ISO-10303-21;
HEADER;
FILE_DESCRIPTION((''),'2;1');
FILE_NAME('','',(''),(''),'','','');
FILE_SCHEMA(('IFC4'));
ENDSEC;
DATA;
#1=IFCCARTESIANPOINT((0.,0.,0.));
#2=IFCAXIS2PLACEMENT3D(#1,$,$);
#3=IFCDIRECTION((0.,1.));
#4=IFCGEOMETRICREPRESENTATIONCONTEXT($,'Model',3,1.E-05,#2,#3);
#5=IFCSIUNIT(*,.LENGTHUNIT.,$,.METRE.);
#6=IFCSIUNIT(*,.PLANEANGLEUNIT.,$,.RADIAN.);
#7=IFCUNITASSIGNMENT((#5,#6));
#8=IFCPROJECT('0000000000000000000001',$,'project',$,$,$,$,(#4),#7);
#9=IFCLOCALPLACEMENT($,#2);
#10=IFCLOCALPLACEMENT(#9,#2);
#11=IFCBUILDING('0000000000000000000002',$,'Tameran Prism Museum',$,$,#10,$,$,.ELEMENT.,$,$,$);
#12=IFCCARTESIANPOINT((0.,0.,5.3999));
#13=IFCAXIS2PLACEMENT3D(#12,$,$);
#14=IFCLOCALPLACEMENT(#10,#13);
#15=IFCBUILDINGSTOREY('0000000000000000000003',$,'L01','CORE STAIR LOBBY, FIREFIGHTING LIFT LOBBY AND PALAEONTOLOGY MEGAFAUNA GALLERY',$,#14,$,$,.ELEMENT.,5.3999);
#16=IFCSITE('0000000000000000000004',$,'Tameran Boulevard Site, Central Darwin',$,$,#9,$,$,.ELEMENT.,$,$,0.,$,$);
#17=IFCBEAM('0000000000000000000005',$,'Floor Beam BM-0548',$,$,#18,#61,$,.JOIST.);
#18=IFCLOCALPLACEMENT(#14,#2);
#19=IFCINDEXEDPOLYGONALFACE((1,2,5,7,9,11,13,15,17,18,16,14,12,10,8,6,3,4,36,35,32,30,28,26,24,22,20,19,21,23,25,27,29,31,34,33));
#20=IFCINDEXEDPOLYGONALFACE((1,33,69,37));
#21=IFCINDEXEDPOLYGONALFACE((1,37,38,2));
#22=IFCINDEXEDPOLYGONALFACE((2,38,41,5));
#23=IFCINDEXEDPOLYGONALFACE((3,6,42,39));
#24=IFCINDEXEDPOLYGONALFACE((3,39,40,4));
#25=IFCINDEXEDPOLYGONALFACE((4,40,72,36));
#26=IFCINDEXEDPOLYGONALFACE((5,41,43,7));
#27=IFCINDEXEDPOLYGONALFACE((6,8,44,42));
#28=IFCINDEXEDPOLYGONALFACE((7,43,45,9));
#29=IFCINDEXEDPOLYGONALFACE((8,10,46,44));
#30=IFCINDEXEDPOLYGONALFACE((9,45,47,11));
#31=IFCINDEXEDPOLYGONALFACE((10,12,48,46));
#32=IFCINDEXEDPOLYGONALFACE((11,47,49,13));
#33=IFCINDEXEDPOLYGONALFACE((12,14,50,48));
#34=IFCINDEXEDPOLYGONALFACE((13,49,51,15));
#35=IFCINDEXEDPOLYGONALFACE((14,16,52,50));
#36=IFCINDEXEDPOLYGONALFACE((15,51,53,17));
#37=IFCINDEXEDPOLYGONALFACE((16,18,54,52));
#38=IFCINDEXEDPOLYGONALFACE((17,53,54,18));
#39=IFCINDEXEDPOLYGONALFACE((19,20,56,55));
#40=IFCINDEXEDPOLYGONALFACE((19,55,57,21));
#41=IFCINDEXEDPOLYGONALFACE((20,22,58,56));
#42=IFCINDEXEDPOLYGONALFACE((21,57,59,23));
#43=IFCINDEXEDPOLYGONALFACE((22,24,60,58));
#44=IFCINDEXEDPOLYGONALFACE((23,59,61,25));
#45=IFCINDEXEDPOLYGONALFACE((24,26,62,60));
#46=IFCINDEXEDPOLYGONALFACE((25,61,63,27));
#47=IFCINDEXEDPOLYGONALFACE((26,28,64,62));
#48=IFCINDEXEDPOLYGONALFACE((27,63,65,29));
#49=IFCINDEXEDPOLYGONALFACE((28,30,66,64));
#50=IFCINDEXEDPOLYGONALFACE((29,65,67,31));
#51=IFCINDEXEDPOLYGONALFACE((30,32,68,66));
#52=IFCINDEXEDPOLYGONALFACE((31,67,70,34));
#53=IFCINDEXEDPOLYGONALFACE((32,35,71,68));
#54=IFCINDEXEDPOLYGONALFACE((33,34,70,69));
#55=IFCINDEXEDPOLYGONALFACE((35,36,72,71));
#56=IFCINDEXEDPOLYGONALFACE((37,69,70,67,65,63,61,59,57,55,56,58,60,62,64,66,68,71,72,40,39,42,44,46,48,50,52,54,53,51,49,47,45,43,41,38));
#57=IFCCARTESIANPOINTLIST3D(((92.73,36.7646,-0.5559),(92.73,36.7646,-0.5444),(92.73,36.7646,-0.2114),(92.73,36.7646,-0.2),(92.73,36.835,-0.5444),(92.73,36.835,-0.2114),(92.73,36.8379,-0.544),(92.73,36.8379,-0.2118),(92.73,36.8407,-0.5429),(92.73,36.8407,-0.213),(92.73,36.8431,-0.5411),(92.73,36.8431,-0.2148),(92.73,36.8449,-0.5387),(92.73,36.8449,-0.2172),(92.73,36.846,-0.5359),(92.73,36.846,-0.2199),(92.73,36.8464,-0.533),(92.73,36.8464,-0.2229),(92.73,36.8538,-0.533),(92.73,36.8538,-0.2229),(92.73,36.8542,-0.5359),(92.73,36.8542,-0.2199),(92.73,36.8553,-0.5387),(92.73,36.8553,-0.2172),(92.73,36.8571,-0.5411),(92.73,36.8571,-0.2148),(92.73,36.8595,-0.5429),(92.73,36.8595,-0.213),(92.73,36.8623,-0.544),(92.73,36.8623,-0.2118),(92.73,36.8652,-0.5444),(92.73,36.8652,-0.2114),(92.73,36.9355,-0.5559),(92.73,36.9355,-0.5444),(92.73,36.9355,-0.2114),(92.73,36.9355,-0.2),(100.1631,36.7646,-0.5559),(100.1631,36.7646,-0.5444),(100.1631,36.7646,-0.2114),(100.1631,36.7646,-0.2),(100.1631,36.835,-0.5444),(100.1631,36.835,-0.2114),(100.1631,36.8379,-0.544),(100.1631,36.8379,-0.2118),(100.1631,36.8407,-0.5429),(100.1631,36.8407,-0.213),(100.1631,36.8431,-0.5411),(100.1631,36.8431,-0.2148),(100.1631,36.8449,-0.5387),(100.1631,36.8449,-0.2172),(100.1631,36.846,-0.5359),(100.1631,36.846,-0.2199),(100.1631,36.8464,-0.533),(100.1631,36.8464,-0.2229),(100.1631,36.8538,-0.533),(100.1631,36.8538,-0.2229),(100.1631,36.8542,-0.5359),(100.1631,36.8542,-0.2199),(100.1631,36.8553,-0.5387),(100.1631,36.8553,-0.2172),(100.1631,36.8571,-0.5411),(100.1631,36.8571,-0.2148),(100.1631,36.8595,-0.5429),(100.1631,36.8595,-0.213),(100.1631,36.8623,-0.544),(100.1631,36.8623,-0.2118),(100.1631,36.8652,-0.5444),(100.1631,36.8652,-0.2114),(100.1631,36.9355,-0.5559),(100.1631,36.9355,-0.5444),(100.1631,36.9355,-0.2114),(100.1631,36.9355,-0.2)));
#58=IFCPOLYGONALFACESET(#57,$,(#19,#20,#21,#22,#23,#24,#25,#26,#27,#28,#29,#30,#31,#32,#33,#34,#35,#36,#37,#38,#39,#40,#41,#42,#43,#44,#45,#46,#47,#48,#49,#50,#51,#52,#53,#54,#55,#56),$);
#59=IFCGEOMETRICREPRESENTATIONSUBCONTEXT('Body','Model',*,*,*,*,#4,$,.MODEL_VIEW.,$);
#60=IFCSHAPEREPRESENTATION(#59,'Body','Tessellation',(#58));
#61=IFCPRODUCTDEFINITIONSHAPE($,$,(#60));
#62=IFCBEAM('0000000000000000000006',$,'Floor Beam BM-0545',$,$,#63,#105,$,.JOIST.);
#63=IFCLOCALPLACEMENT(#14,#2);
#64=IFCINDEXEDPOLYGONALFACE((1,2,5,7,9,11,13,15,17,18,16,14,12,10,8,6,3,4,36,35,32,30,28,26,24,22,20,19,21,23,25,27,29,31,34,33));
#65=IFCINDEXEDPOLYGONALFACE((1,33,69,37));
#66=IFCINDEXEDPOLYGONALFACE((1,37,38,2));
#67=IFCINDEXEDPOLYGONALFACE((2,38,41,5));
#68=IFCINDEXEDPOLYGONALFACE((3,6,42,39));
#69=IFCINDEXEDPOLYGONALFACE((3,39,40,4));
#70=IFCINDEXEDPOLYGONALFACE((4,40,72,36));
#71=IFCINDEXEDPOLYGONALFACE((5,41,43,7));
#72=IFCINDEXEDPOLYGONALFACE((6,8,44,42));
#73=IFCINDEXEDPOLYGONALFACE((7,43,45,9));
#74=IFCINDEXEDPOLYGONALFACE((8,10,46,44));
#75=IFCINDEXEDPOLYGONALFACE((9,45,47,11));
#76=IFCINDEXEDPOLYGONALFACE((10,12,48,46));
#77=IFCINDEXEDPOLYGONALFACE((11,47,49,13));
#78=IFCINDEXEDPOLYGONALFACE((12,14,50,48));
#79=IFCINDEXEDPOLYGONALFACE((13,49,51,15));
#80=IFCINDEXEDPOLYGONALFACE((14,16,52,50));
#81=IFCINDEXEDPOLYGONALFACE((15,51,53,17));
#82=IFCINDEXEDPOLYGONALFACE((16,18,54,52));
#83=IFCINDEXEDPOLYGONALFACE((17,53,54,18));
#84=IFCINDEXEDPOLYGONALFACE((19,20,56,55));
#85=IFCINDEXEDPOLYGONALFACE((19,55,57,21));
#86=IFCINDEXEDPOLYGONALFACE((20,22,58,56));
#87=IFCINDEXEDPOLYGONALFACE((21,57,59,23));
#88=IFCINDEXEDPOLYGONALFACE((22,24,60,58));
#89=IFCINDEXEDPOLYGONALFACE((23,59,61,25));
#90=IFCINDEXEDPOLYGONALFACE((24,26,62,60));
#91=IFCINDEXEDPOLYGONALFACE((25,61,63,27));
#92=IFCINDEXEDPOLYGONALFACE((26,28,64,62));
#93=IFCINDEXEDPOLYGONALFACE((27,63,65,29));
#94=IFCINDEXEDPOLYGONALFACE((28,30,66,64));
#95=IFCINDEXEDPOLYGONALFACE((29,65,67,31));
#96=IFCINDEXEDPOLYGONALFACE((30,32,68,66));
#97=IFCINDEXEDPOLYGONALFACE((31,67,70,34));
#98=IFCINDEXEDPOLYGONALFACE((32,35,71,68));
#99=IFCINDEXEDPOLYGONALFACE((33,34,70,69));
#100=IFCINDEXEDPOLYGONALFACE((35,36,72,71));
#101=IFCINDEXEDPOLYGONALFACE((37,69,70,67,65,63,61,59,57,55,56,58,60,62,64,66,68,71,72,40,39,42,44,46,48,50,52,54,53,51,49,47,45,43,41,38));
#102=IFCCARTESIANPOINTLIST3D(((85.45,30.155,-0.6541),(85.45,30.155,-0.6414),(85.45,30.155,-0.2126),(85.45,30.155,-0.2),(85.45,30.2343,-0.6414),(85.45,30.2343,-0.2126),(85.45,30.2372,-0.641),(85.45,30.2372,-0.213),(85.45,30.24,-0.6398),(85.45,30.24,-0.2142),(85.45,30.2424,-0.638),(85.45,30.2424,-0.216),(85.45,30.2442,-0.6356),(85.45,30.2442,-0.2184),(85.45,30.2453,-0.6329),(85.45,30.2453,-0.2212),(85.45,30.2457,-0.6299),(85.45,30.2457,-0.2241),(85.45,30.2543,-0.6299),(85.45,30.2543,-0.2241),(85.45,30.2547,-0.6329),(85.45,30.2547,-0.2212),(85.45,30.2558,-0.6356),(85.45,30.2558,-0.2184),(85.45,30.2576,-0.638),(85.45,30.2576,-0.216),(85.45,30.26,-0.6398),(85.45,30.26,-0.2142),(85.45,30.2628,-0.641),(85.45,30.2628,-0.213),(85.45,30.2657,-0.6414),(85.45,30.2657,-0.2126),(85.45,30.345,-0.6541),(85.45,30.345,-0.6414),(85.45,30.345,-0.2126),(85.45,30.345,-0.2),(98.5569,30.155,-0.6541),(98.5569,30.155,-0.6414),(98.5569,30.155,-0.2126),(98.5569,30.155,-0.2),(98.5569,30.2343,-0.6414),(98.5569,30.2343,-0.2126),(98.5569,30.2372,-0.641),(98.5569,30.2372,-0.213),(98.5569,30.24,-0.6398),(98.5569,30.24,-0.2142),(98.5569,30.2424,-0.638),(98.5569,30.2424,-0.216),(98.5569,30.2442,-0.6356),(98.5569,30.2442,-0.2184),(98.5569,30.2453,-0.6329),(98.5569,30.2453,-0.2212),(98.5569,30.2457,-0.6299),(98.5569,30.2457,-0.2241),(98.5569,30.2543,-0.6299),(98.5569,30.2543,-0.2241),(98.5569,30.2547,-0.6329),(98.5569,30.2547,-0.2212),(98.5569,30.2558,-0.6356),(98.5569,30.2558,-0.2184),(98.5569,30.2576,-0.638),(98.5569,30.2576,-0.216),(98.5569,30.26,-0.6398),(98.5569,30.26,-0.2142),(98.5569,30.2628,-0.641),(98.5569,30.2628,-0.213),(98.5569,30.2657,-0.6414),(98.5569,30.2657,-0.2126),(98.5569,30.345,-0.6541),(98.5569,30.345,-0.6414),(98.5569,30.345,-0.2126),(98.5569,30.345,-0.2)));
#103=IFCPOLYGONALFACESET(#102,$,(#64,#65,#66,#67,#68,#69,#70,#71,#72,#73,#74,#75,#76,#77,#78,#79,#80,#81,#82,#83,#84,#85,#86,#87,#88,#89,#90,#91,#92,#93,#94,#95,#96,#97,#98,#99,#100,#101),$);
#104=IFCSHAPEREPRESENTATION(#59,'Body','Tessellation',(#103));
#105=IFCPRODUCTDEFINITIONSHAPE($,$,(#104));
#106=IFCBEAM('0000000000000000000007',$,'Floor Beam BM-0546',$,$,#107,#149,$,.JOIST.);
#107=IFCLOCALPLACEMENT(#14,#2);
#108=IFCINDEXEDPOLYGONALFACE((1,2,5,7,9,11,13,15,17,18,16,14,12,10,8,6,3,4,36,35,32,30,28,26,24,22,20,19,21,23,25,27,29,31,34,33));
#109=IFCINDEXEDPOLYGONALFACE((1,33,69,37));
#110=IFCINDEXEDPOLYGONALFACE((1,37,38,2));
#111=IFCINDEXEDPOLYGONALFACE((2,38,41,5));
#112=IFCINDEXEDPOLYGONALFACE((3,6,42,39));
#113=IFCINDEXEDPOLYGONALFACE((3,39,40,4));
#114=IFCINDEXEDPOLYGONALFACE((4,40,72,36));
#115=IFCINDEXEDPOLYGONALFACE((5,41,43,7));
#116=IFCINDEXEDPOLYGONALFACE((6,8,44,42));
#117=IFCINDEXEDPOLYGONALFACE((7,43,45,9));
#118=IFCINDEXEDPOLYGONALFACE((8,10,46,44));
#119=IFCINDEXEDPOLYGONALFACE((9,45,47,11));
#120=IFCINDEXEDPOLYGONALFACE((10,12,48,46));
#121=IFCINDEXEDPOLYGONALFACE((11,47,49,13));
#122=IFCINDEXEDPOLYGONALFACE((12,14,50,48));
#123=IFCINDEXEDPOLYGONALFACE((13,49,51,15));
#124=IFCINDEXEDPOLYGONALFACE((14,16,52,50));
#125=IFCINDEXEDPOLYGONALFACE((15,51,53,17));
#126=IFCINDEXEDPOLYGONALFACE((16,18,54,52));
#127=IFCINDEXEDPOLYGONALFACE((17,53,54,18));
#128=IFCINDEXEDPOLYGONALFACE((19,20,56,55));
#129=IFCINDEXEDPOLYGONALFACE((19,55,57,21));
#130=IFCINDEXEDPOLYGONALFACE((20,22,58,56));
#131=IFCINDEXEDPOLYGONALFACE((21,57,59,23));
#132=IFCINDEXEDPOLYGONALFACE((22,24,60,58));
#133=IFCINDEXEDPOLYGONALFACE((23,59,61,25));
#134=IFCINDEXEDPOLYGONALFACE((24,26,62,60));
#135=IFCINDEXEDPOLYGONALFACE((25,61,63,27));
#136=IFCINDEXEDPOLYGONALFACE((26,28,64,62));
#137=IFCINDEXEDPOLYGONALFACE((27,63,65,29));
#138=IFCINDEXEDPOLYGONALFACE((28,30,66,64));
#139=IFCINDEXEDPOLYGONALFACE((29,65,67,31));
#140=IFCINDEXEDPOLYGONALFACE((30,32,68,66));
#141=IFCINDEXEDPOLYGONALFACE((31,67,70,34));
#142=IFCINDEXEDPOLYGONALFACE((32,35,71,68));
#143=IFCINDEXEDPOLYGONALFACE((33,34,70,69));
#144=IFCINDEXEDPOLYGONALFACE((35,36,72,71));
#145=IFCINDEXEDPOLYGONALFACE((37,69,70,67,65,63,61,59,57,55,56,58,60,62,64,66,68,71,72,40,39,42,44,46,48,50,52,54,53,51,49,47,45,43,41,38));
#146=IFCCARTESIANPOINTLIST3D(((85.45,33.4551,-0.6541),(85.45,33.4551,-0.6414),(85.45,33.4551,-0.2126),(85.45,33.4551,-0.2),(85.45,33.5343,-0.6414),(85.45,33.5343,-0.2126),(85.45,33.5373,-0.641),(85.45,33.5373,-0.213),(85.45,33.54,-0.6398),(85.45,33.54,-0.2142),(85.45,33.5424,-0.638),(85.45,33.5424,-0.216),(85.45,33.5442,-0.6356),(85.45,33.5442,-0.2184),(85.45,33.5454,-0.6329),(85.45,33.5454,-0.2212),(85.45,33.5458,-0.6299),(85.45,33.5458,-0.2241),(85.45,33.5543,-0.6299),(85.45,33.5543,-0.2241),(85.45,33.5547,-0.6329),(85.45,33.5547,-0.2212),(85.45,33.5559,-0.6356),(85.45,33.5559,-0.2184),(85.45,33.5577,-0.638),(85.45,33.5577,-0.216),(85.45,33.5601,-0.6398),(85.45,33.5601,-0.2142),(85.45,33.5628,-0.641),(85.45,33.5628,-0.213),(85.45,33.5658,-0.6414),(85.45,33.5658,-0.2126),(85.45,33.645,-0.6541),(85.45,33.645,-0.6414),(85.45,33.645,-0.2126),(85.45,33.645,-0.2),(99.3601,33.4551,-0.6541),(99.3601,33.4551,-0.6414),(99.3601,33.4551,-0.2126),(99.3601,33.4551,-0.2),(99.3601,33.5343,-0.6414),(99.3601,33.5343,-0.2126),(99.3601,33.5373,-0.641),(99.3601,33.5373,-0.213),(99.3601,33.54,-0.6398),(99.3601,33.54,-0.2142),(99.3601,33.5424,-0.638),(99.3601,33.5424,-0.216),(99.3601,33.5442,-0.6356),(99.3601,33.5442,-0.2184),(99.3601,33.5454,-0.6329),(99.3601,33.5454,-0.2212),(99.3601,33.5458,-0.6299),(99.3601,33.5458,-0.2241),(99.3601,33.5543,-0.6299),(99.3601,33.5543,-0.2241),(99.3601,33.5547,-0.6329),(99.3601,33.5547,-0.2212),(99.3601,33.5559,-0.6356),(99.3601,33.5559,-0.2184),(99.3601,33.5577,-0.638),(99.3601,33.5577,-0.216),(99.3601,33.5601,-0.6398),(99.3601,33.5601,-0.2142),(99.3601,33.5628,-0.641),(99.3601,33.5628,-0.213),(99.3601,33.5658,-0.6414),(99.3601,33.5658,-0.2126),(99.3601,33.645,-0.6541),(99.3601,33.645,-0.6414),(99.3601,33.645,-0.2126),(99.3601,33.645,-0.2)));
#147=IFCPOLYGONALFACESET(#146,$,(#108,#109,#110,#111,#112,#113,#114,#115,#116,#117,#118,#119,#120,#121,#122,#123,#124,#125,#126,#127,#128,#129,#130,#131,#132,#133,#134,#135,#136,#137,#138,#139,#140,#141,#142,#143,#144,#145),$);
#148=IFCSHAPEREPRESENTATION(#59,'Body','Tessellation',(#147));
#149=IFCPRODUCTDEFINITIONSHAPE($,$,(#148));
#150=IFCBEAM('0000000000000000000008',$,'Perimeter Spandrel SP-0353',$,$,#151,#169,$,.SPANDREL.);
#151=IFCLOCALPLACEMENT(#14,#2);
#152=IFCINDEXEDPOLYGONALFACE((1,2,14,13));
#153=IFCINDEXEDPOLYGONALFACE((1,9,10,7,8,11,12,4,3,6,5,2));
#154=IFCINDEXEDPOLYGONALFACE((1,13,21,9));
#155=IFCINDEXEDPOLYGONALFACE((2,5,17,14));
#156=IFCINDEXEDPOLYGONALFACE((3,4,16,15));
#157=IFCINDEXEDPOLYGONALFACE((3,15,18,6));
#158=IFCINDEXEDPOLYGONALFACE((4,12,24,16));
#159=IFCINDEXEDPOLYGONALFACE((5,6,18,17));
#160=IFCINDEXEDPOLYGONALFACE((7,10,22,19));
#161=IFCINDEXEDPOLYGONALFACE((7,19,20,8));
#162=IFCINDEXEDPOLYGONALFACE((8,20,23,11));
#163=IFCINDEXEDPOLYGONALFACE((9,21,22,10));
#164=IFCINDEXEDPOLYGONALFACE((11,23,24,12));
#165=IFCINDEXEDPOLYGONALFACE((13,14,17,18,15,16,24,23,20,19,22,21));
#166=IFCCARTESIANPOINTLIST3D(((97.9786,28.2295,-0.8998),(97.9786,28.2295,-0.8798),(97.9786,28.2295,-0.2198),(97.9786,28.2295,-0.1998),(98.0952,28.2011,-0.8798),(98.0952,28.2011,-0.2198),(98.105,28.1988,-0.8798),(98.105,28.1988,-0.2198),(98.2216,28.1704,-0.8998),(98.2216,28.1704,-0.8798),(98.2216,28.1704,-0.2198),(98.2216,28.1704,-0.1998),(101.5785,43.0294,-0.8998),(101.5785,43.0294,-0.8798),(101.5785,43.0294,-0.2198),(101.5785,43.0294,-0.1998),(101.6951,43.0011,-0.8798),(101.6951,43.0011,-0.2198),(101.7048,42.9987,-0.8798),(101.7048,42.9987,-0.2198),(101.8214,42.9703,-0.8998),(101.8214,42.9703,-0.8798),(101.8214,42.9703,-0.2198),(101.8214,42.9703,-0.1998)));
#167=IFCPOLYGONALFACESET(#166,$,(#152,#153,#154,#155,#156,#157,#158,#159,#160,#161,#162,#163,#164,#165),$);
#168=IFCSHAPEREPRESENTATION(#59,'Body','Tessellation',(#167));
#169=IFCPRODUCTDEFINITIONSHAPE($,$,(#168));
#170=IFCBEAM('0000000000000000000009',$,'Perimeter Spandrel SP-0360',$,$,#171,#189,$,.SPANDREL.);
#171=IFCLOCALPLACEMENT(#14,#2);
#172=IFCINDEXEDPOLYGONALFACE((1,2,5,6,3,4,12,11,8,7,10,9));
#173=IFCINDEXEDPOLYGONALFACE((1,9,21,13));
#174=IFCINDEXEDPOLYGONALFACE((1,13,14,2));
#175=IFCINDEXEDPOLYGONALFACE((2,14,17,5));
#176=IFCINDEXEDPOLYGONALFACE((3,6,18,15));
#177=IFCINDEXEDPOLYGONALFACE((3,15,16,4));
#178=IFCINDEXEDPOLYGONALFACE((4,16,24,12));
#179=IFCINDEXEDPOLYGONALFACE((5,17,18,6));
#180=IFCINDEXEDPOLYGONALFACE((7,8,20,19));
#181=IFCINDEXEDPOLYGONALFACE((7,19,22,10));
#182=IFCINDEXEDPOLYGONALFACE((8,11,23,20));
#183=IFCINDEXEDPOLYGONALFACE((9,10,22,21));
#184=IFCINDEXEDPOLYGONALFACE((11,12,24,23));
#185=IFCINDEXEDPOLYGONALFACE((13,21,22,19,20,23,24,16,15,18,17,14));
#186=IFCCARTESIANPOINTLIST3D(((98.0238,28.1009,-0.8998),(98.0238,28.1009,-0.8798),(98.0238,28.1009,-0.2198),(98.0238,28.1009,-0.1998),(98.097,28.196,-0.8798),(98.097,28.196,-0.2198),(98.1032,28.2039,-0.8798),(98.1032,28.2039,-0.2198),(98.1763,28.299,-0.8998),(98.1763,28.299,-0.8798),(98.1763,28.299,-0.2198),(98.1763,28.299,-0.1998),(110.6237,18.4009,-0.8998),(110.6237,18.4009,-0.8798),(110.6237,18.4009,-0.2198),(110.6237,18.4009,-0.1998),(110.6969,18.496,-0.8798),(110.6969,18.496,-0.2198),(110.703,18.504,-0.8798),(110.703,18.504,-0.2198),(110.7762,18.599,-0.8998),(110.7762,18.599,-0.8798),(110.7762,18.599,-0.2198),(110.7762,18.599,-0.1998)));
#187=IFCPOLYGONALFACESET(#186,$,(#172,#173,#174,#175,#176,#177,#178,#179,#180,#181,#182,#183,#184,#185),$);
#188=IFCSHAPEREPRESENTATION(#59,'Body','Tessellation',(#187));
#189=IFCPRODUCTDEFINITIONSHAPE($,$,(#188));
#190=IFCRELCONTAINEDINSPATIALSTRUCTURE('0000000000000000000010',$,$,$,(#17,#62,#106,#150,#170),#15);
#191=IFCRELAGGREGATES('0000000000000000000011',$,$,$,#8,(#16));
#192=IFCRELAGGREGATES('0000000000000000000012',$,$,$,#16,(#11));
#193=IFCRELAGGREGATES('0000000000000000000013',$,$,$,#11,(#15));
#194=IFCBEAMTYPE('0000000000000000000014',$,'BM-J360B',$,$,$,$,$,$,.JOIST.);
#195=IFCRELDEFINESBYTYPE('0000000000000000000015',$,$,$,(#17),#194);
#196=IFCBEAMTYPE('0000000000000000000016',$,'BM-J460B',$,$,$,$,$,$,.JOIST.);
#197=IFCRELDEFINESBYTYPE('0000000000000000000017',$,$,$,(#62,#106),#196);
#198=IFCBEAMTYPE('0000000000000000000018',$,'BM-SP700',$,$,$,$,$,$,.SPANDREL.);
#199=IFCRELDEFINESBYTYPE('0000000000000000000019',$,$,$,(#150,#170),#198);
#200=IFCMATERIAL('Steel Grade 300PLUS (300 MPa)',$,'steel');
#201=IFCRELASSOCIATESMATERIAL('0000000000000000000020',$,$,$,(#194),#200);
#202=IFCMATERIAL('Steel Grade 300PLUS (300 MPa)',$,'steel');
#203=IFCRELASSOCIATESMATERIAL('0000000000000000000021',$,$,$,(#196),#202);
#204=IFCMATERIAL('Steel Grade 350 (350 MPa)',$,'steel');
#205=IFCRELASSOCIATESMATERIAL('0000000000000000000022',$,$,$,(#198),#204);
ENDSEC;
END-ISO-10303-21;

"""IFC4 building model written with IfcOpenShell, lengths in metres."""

from ifc_helpers import new_model, si_unit, direction, frame, origin, origin_2d, place, context, subcontext, project, spatial, i_section, extrude, material, material_profile, profile_set, type_object, element, save


model = new_model("IFC4")

# Units and contexts
model_context = context("Model", 3, precision=1e-05, world=origin(), true_north=direction((0.0, 1.0)))
body_context = subcontext(model_context, "Body", "Model", "MODEL_VIEW")
ifc_project = project(units=[si_unit("LENGTHUNIT", "METRE"), si_unit("PLANEANGLEUNIT", "RADIAN")], contexts=[model_context])

# Site, building, storey
site_placement = place(None, origin())
site = spatial("IfcSite", under=ifc_project, at=site_placement, Name="Tameran Boulevard Site, Central Darwin", CompositionType="ELEMENT", RefElevation=0.0)
building_placement = place(site_placement, origin())
building = spatial("IfcBuilding", under=site, at=building_placement, Name="Tameran Prism Museum", CompositionType="ELEMENT")
storey_placement = place(building_placement, frame((0.0, 0.0, 5.3999)))
storey = spatial("IfcBuildingStorey", under=building, at=storey_placement, Name="L01", Description="CORE STAIR LOBBY, FIREFIGHTING LIFT LOBBY AND PALAEONTOLOGY MEGAFAUNA GALLERY", CompositionType="ELEMENT", Elevation=5.3999)

# Beams
ifc_material_1 = material(Name="Steel Grade 300PLUS (300 MPa)", Category="steel")
ifc_material_profile_1 = material_profile(ifc_material_1, i_section(OverallWidth=0.1709, OverallDepth=0.356, WebThickness=0.0073, FlangeThickness=0.0115, FilletRadius=0.0115, at=origin_2d()))
ifc_profile_set_1 = profile_set([ifc_material_profile_1])
beam_type_1 = type_object("IfcBeamType", Name="BM-J360B", PredefinedType="JOIST", material=ifc_profile_set_1)
beam_1_placement = place(storey_placement, frame((92.73, 36.8501, -0.3779), z_axis=(1.0, 0.0, 0.0), x_axis=(0.0, 1.0, 0.0)))
element("IfcBeam", 1, at=beam_1_placement, inside=storey, type_object=beam_type_1, Name="Floor Beam BM-0548", PredefinedType="JOIST", context=body_context, shape_type="SweptSolid", body=[
    extrude(i_section(OverallWidth=0.1709, OverallDepth=0.356, WebThickness=0.0073, FlangeThickness=0.0115, FilletRadius=0.0115, at=origin_2d()), origin(), (0.0, 0.0, 1.0), 7.4331),
])
ifc_material_2 = material(Name="Steel Grade 300PLUS (300 MPa)", Category="steel")
ifc_material_profile_2 = material_profile(ifc_material_2, i_section(OverallWidth=0.1899, OverallDepth=0.4541, WebThickness=0.0085, FlangeThickness=0.0127, FilletRadius=0.0115, at=origin_2d()))
ifc_profile_set_2 = profile_set([ifc_material_profile_2])
beam_type_2 = type_object("IfcBeamType", Name="BM-J460B", PredefinedType="JOIST", material=ifc_profile_set_2)
beam_2_placement = place(storey_placement, frame((85.45, 30.25, -0.427), z_axis=(1.0, 0.0, 0.0), x_axis=(0.0, 1.0, 0.0)))
element("IfcBeam", 2, at=beam_2_placement, inside=storey, type_object=beam_type_2, Name="Floor Beam BM-0545", PredefinedType="JOIST", context=body_context, shape_type="SweptSolid", body=[
    extrude(i_section(OverallWidth=0.1899, OverallDepth=0.4541, WebThickness=0.0085, FlangeThickness=0.0127, FilletRadius=0.0115, at=origin_2d()), origin(), (0.0, 0.0, 1.0), 13.1069),
])
beam_3_placement = place(storey_placement, frame((85.45, 33.55, -0.427), z_axis=(1.0, 0.0, 0.0), x_axis=(0.0, 1.0, 0.0)))
element("IfcBeam", 3, at=beam_3_placement, inside=storey, type_object=beam_type_2, Name="Floor Beam BM-0546", PredefinedType="JOIST", context=body_context, shape_type="SweptSolid", body=[
    extrude(i_section(OverallWidth=0.1899, OverallDepth=0.4541, WebThickness=0.0085, FlangeThickness=0.0127, FilletRadius=0.0115, at=origin_2d()), origin(), (0.0, 0.0, 1.0), 13.9102),
])
ifc_material_3 = material(Name="Steel Grade 350 (350 MPa)", Category="steel")
ifc_material_profile_3 = material_profile(ifc_material_3, i_section(OverallWidth=0.25, OverallDepth=0.7, WebThickness=0.01, FlangeThickness=0.02, at=origin_2d()))
ifc_profile_set_3 = profile_set([ifc_material_profile_3])
beam_type_3 = type_object("IfcBeamType", Name="BM-SP700", PredefinedType="SPANDREL", material=ifc_profile_set_3)
beam_4_placement = place(storey_placement, frame((98.1001, 28.2, -0.5498), z_axis=(0.236342, 0.97167, 0.0), x_axis=(-0.97167, 0.236342, 0.0)))
element("IfcBeam", 4, at=beam_4_placement, inside=storey, type_object=beam_type_3, Name="Perimeter Spandrel SP-0353", PredefinedType="SPANDREL", context=body_context, shape_type="SweptSolid", body=[
    extrude(i_section(OverallWidth=0.25, OverallDepth=0.7, WebThickness=0.01, FlangeThickness=0.02, at=origin_2d()), origin(), (0.0, 0.0, 1.0), 15.2314),
])
beam_5_placement = place(storey_placement, frame((98.1001, 28.2, -0.5498), z_axis=(0.792388, -0.610017, 0.0), x_axis=(0.610017, 0.792388, 0.0)))
element("IfcBeam", 5, at=beam_5_placement, inside=storey, type_object=beam_type_3, Name="Perimeter Spandrel SP-0360", PredefinedType="SPANDREL", context=body_context, shape_type="SweptSolid", body=[
    extrude(i_section(OverallWidth=0.25, OverallDepth=0.7, WebThickness=0.01, FlangeThickness=0.02, at=origin_2d()), origin(), (0.0, 0.0, 1.0), 15.9011),
])

save(model, "model.ifc")
